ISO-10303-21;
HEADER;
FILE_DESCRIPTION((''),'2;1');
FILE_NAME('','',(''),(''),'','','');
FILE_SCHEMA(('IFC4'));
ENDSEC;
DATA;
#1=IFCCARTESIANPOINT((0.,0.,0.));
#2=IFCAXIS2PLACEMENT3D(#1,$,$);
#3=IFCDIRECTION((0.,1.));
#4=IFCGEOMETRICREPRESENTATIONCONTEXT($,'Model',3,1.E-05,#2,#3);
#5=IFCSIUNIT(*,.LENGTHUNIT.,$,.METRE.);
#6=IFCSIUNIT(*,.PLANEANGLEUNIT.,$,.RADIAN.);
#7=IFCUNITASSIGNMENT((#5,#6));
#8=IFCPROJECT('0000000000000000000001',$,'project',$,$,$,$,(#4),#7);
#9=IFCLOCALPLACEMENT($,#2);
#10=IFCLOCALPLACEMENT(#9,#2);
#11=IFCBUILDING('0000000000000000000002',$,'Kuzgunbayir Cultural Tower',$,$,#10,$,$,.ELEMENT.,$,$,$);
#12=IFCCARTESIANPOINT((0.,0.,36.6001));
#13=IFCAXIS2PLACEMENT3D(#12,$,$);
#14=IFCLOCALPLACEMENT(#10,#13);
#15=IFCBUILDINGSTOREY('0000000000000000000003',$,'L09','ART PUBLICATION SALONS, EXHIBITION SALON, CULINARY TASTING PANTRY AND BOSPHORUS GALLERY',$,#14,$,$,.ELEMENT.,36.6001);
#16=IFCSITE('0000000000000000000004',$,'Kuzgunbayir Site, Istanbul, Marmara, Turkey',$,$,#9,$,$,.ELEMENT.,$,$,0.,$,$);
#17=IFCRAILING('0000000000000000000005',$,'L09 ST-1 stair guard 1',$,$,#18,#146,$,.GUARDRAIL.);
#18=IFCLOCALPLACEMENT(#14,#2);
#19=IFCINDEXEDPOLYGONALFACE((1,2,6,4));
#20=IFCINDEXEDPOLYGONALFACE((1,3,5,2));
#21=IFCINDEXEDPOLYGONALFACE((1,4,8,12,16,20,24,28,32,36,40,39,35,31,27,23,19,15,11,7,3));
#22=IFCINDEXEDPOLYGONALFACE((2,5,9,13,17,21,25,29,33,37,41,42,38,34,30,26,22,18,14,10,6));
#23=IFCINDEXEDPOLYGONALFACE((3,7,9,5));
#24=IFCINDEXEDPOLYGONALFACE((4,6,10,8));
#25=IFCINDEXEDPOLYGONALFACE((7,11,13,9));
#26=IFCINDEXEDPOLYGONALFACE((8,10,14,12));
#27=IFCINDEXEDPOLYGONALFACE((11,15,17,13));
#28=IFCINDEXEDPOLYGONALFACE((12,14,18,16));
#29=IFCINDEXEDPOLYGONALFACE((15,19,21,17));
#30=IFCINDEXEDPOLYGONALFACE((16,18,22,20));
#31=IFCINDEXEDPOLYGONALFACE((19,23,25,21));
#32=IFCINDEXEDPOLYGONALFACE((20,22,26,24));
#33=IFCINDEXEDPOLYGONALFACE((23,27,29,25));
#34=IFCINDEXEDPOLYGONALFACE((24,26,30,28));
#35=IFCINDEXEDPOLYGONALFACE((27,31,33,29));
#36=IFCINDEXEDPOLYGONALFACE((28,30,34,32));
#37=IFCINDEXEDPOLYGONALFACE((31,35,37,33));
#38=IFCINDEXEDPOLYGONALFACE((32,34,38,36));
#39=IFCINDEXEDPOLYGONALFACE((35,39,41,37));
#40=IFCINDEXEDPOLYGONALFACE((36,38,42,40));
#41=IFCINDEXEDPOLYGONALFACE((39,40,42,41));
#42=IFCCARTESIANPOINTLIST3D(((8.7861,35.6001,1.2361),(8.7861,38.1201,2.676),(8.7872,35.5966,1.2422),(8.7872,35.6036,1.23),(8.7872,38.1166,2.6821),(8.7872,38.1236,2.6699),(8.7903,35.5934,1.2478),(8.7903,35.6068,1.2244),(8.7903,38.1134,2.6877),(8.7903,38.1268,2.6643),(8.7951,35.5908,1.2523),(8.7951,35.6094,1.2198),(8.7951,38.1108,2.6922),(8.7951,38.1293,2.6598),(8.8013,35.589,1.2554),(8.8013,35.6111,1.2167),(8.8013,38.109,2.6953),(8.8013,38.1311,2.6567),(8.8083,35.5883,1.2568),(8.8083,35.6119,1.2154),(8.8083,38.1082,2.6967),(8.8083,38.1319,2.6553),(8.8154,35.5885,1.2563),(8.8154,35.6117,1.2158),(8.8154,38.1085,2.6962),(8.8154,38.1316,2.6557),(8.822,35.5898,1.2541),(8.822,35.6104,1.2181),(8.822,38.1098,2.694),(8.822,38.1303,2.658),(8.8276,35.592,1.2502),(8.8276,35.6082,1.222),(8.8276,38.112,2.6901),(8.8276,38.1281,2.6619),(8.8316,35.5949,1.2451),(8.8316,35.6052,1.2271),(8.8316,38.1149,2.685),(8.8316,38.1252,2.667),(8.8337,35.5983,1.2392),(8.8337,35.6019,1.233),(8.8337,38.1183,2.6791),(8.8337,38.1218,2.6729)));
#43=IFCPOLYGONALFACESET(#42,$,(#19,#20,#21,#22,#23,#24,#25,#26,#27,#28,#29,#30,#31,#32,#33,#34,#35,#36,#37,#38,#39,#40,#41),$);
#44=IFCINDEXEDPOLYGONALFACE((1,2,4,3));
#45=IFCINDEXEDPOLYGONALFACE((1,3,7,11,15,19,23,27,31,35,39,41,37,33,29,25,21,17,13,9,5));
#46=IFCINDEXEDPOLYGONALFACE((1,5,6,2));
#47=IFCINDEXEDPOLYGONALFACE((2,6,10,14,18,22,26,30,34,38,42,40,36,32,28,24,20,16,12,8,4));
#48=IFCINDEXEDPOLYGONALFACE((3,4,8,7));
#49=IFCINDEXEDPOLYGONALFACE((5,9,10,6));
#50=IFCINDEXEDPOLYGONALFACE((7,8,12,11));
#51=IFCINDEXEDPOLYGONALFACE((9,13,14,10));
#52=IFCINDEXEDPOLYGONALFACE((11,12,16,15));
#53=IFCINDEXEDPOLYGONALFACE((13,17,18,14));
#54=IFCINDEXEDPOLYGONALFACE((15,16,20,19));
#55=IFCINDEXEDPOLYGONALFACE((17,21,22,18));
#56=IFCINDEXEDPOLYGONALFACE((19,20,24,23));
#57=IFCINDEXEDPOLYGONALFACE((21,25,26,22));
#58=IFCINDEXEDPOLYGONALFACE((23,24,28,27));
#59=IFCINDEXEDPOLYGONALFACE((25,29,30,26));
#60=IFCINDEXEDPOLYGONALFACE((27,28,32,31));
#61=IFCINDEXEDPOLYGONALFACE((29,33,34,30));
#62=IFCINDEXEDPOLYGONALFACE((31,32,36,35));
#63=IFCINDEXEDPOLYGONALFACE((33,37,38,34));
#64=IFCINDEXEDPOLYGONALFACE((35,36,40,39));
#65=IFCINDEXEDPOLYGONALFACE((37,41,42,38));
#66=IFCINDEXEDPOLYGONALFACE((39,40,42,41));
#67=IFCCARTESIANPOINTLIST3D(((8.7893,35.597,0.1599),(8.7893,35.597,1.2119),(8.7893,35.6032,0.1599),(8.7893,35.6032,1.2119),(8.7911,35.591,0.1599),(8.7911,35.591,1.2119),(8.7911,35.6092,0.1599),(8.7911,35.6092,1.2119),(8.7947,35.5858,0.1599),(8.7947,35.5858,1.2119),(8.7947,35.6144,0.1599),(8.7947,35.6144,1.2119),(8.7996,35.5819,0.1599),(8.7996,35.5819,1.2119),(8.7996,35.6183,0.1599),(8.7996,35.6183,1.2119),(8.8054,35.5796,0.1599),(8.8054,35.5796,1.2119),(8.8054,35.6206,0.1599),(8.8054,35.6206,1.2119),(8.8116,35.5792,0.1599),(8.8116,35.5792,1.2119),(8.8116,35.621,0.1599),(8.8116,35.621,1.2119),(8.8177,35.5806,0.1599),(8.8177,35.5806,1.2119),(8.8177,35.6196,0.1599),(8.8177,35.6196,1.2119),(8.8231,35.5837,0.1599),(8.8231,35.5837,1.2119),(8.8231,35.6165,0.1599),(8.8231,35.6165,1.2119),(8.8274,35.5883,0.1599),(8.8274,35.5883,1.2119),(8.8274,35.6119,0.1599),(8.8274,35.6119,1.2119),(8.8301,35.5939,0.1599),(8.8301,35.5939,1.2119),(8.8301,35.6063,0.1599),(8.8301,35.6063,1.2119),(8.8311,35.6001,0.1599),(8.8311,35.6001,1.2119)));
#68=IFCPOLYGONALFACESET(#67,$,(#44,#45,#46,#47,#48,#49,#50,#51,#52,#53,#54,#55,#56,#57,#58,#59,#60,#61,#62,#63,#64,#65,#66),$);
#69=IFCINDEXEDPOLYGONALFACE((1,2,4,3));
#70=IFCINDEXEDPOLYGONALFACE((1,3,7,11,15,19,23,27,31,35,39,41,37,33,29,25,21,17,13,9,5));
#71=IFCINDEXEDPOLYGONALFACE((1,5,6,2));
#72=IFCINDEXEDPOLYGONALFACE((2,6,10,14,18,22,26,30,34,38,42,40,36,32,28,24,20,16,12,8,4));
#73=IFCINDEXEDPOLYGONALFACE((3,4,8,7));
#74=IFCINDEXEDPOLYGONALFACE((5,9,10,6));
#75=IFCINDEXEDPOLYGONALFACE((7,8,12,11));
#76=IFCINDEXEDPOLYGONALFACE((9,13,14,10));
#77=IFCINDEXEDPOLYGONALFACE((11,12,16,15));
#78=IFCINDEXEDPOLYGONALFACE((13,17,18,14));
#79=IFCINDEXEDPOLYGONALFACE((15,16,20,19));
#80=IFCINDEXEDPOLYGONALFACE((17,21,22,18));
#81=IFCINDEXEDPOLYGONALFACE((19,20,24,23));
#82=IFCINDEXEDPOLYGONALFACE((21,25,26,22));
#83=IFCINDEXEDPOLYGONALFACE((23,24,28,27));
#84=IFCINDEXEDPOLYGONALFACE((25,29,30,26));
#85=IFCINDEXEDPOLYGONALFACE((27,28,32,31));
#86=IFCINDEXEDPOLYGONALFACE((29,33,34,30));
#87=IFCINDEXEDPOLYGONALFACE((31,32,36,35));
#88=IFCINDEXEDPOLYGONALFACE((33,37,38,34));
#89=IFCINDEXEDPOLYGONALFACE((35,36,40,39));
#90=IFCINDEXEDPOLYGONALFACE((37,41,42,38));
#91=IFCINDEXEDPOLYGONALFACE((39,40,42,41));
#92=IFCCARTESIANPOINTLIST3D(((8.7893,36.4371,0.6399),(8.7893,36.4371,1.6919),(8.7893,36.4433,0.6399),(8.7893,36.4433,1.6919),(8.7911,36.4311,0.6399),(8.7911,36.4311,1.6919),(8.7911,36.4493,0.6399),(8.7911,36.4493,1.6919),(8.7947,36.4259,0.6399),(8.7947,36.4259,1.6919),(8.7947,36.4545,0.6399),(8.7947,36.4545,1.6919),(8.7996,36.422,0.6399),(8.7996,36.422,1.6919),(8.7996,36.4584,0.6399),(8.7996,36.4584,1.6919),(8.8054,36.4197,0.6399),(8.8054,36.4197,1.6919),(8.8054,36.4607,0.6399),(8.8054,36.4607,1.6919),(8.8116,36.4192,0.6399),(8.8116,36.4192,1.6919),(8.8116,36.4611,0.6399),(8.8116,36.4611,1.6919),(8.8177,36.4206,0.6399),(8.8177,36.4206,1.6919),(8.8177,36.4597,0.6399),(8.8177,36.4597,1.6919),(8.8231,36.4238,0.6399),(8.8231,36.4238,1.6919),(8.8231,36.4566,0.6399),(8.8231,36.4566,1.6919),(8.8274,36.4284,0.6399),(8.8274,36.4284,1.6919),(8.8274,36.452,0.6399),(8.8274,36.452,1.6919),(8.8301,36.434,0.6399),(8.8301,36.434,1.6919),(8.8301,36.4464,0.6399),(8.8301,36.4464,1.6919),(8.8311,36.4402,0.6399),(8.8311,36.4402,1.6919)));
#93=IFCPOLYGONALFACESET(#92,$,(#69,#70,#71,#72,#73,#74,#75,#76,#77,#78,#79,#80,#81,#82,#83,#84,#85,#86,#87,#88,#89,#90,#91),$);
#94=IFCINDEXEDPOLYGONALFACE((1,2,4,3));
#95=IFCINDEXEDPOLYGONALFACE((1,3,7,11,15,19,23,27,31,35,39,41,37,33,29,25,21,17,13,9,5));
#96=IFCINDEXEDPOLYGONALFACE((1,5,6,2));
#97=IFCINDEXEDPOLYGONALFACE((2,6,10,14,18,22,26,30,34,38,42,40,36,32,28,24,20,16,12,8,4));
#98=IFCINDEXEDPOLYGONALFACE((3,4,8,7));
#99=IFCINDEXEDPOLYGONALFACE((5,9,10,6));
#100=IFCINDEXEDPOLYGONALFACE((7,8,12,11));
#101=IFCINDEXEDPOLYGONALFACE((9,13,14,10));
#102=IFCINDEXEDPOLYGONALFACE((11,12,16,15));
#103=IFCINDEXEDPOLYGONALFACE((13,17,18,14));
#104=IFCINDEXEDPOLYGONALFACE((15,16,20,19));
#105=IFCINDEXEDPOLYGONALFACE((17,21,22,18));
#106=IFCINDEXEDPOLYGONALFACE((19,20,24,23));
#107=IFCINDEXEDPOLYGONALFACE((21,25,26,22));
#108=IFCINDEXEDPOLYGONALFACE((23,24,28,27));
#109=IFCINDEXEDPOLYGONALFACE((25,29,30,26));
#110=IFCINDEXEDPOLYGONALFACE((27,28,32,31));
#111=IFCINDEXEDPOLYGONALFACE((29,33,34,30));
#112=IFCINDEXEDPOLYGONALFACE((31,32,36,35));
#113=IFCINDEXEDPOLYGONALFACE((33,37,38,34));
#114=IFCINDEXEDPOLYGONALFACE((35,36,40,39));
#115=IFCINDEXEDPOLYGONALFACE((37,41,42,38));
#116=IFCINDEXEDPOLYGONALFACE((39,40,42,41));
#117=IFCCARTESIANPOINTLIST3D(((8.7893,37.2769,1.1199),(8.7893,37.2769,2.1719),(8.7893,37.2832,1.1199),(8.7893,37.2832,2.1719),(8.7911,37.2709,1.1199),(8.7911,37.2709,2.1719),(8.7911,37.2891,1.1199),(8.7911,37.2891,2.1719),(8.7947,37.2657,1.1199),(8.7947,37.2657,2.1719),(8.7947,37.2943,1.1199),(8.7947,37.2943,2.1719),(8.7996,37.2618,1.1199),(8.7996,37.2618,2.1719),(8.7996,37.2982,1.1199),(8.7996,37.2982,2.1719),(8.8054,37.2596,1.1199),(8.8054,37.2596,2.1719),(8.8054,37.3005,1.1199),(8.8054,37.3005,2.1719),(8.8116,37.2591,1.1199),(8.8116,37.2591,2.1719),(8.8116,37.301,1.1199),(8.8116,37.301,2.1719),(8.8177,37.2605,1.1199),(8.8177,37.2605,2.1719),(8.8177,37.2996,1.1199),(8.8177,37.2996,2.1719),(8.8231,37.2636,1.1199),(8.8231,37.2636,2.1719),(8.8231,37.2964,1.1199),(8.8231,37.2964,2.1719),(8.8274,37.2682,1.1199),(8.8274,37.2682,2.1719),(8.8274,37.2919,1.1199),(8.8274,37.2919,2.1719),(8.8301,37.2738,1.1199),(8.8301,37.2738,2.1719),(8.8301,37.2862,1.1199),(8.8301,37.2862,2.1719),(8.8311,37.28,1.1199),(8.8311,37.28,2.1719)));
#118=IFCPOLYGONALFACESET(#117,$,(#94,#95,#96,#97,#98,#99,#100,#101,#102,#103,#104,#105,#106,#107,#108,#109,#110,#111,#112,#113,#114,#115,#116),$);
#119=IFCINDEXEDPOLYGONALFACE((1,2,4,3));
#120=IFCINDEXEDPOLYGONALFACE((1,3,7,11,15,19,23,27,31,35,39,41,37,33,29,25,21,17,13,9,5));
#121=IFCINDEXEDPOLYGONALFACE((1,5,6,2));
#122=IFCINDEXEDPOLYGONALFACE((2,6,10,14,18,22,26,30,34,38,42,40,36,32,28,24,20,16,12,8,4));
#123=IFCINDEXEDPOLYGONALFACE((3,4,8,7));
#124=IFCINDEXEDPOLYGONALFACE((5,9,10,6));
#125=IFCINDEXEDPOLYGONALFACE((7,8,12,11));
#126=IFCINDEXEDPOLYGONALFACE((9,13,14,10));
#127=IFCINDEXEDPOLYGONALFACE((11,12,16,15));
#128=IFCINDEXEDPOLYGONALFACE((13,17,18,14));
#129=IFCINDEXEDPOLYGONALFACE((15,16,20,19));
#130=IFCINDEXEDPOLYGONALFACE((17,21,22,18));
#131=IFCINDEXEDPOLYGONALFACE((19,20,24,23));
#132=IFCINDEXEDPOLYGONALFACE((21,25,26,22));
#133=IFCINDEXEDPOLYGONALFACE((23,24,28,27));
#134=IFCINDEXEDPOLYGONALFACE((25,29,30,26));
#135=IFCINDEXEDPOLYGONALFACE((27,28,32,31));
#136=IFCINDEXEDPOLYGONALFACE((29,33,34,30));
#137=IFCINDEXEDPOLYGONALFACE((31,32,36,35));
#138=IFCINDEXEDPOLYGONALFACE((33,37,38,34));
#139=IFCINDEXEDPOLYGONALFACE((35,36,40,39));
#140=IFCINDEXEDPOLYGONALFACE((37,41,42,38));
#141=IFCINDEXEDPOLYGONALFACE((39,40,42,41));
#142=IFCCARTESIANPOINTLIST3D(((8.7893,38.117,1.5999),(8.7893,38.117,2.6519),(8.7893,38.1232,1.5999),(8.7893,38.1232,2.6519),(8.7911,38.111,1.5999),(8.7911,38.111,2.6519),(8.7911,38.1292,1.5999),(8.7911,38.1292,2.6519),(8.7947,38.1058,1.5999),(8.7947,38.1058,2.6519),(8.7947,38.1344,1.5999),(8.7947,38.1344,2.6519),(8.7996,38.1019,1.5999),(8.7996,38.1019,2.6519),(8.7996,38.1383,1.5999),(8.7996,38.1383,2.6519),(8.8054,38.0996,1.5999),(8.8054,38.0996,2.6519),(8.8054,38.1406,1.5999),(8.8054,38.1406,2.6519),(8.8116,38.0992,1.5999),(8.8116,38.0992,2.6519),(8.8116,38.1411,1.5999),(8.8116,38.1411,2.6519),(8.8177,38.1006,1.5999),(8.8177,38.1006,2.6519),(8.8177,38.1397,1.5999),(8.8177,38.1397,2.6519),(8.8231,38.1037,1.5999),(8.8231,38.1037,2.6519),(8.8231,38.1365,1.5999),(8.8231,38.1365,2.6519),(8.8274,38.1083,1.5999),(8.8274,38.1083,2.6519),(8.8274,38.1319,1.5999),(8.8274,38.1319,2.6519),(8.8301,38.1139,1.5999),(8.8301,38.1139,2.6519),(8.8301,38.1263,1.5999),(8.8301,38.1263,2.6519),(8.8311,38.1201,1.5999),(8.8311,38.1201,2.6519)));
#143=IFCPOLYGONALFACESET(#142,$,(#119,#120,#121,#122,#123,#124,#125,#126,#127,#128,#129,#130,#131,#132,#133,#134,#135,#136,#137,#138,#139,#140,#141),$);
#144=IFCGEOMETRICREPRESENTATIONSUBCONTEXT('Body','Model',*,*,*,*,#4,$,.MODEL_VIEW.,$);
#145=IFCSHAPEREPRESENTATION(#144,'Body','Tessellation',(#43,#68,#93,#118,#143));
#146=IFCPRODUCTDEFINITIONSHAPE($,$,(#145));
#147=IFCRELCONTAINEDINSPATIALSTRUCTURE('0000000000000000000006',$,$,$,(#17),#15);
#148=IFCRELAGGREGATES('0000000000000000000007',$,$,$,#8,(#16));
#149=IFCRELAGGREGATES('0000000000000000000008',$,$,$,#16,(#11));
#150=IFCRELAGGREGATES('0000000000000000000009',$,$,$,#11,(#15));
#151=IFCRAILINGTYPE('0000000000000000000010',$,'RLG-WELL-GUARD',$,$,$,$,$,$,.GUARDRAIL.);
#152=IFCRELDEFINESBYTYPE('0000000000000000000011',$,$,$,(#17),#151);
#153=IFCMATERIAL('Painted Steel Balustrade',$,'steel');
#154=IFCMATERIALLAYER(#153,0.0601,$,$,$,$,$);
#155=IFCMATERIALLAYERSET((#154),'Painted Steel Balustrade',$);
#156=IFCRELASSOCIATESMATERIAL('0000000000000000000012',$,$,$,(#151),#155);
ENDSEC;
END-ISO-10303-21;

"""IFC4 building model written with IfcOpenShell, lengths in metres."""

from ifc_helpers import new_model, si_unit, direction, frame, origin, origin_2d, place, context, subcontext, project, spatial, circle, extrude, material, layer, layer_set, type_object, element, save


model = new_model("IFC4")

# Units and contexts
model_context = context("Model", 3, precision=1e-05, world=origin(), true_north=direction((0.0, 1.0)))
body_context = subcontext(model_context, "Body", "Model", "MODEL_VIEW")
ifc_project = project(units=[si_unit("LENGTHUNIT", "METRE"), si_unit("PLANEANGLEUNIT", "RADIAN")], contexts=[model_context])

# Site, building, storey
site_placement = place(None, origin())
site = spatial("IfcSite", under=ifc_project, at=site_placement, Name="Kuzgunbayir Site, Istanbul, Marmara, Turkey", CompositionType="ELEMENT", RefElevation=0.0)
building_placement = place(site_placement, origin())
building = spatial("IfcBuilding", under=site, at=building_placement, Name="Kuzgunbayir Cultural Tower", CompositionType="ELEMENT")
storey_placement = place(building_placement, frame((0.0, 0.0, 36.6001)))
storey = spatial("IfcBuildingStorey", under=building, at=storey_placement, Name="L09", Description="ART PUBLICATION SALONS, EXHIBITION SALON, CULINARY TASTING PANTRY AND BOSPHORUS GALLERY", CompositionType="ELEMENT", Elevation=36.6001)

# Railing
ifc_material_1 = material(Name="Painted Steel Balustrade", Category="steel")
ifc_layer_1 = layer(ifc_material_1, 0.0601)
ifc_layer_set_1 = layer_set([ifc_layer_1], Name="Painted Steel Balustrade")
railing_type_1 = type_object("IfcRailingType", Name="RLG-WELL-GUARD", PredefinedType="GUARDRAIL", material=ifc_layer_set_1)
railing_1_placement = place(storey_placement, frame((8.8101, 35.6001, 0.1599)))
element("IfcRailing", 1, at=railing_1_placement, inside=storey, type_object=railing_type_1, Name="L09 ST-1 stair guard 1", PredefinedType="GUARDRAIL", context=body_context, shape_type="SweptSolid", body=[
    extrude(circle(Radius=0.0239, at=origin_2d()), frame((0.0, 0.0, 1.0762), z_axis=(0.0, 0.868253, 0.496121), x_axis=(-1.0, 0.0, 0.0)), (0.0, 0.0, 1.0), 2.9023),
    extrude(circle(Radius=0.021, at=origin_2d()), origin(), (0.0, 0.0, 1.0), 1.052),
    extrude(circle(Radius=0.021, at=origin_2d()), frame((0.0, 0.8401, 0.48)), (0.0, 0.0, 1.0), 1.052),
    extrude(circle(Radius=0.021, at=origin_2d()), frame((0.0, 1.6799, 0.96)), (0.0, 0.0, 1.0), 1.052),
    extrude(circle(Radius=0.021, at=origin_2d()), frame((0.0, 2.52, 1.4399)), (0.0, 0.0, 1.0), 1.052),
])

save(model, "model.ifc")
